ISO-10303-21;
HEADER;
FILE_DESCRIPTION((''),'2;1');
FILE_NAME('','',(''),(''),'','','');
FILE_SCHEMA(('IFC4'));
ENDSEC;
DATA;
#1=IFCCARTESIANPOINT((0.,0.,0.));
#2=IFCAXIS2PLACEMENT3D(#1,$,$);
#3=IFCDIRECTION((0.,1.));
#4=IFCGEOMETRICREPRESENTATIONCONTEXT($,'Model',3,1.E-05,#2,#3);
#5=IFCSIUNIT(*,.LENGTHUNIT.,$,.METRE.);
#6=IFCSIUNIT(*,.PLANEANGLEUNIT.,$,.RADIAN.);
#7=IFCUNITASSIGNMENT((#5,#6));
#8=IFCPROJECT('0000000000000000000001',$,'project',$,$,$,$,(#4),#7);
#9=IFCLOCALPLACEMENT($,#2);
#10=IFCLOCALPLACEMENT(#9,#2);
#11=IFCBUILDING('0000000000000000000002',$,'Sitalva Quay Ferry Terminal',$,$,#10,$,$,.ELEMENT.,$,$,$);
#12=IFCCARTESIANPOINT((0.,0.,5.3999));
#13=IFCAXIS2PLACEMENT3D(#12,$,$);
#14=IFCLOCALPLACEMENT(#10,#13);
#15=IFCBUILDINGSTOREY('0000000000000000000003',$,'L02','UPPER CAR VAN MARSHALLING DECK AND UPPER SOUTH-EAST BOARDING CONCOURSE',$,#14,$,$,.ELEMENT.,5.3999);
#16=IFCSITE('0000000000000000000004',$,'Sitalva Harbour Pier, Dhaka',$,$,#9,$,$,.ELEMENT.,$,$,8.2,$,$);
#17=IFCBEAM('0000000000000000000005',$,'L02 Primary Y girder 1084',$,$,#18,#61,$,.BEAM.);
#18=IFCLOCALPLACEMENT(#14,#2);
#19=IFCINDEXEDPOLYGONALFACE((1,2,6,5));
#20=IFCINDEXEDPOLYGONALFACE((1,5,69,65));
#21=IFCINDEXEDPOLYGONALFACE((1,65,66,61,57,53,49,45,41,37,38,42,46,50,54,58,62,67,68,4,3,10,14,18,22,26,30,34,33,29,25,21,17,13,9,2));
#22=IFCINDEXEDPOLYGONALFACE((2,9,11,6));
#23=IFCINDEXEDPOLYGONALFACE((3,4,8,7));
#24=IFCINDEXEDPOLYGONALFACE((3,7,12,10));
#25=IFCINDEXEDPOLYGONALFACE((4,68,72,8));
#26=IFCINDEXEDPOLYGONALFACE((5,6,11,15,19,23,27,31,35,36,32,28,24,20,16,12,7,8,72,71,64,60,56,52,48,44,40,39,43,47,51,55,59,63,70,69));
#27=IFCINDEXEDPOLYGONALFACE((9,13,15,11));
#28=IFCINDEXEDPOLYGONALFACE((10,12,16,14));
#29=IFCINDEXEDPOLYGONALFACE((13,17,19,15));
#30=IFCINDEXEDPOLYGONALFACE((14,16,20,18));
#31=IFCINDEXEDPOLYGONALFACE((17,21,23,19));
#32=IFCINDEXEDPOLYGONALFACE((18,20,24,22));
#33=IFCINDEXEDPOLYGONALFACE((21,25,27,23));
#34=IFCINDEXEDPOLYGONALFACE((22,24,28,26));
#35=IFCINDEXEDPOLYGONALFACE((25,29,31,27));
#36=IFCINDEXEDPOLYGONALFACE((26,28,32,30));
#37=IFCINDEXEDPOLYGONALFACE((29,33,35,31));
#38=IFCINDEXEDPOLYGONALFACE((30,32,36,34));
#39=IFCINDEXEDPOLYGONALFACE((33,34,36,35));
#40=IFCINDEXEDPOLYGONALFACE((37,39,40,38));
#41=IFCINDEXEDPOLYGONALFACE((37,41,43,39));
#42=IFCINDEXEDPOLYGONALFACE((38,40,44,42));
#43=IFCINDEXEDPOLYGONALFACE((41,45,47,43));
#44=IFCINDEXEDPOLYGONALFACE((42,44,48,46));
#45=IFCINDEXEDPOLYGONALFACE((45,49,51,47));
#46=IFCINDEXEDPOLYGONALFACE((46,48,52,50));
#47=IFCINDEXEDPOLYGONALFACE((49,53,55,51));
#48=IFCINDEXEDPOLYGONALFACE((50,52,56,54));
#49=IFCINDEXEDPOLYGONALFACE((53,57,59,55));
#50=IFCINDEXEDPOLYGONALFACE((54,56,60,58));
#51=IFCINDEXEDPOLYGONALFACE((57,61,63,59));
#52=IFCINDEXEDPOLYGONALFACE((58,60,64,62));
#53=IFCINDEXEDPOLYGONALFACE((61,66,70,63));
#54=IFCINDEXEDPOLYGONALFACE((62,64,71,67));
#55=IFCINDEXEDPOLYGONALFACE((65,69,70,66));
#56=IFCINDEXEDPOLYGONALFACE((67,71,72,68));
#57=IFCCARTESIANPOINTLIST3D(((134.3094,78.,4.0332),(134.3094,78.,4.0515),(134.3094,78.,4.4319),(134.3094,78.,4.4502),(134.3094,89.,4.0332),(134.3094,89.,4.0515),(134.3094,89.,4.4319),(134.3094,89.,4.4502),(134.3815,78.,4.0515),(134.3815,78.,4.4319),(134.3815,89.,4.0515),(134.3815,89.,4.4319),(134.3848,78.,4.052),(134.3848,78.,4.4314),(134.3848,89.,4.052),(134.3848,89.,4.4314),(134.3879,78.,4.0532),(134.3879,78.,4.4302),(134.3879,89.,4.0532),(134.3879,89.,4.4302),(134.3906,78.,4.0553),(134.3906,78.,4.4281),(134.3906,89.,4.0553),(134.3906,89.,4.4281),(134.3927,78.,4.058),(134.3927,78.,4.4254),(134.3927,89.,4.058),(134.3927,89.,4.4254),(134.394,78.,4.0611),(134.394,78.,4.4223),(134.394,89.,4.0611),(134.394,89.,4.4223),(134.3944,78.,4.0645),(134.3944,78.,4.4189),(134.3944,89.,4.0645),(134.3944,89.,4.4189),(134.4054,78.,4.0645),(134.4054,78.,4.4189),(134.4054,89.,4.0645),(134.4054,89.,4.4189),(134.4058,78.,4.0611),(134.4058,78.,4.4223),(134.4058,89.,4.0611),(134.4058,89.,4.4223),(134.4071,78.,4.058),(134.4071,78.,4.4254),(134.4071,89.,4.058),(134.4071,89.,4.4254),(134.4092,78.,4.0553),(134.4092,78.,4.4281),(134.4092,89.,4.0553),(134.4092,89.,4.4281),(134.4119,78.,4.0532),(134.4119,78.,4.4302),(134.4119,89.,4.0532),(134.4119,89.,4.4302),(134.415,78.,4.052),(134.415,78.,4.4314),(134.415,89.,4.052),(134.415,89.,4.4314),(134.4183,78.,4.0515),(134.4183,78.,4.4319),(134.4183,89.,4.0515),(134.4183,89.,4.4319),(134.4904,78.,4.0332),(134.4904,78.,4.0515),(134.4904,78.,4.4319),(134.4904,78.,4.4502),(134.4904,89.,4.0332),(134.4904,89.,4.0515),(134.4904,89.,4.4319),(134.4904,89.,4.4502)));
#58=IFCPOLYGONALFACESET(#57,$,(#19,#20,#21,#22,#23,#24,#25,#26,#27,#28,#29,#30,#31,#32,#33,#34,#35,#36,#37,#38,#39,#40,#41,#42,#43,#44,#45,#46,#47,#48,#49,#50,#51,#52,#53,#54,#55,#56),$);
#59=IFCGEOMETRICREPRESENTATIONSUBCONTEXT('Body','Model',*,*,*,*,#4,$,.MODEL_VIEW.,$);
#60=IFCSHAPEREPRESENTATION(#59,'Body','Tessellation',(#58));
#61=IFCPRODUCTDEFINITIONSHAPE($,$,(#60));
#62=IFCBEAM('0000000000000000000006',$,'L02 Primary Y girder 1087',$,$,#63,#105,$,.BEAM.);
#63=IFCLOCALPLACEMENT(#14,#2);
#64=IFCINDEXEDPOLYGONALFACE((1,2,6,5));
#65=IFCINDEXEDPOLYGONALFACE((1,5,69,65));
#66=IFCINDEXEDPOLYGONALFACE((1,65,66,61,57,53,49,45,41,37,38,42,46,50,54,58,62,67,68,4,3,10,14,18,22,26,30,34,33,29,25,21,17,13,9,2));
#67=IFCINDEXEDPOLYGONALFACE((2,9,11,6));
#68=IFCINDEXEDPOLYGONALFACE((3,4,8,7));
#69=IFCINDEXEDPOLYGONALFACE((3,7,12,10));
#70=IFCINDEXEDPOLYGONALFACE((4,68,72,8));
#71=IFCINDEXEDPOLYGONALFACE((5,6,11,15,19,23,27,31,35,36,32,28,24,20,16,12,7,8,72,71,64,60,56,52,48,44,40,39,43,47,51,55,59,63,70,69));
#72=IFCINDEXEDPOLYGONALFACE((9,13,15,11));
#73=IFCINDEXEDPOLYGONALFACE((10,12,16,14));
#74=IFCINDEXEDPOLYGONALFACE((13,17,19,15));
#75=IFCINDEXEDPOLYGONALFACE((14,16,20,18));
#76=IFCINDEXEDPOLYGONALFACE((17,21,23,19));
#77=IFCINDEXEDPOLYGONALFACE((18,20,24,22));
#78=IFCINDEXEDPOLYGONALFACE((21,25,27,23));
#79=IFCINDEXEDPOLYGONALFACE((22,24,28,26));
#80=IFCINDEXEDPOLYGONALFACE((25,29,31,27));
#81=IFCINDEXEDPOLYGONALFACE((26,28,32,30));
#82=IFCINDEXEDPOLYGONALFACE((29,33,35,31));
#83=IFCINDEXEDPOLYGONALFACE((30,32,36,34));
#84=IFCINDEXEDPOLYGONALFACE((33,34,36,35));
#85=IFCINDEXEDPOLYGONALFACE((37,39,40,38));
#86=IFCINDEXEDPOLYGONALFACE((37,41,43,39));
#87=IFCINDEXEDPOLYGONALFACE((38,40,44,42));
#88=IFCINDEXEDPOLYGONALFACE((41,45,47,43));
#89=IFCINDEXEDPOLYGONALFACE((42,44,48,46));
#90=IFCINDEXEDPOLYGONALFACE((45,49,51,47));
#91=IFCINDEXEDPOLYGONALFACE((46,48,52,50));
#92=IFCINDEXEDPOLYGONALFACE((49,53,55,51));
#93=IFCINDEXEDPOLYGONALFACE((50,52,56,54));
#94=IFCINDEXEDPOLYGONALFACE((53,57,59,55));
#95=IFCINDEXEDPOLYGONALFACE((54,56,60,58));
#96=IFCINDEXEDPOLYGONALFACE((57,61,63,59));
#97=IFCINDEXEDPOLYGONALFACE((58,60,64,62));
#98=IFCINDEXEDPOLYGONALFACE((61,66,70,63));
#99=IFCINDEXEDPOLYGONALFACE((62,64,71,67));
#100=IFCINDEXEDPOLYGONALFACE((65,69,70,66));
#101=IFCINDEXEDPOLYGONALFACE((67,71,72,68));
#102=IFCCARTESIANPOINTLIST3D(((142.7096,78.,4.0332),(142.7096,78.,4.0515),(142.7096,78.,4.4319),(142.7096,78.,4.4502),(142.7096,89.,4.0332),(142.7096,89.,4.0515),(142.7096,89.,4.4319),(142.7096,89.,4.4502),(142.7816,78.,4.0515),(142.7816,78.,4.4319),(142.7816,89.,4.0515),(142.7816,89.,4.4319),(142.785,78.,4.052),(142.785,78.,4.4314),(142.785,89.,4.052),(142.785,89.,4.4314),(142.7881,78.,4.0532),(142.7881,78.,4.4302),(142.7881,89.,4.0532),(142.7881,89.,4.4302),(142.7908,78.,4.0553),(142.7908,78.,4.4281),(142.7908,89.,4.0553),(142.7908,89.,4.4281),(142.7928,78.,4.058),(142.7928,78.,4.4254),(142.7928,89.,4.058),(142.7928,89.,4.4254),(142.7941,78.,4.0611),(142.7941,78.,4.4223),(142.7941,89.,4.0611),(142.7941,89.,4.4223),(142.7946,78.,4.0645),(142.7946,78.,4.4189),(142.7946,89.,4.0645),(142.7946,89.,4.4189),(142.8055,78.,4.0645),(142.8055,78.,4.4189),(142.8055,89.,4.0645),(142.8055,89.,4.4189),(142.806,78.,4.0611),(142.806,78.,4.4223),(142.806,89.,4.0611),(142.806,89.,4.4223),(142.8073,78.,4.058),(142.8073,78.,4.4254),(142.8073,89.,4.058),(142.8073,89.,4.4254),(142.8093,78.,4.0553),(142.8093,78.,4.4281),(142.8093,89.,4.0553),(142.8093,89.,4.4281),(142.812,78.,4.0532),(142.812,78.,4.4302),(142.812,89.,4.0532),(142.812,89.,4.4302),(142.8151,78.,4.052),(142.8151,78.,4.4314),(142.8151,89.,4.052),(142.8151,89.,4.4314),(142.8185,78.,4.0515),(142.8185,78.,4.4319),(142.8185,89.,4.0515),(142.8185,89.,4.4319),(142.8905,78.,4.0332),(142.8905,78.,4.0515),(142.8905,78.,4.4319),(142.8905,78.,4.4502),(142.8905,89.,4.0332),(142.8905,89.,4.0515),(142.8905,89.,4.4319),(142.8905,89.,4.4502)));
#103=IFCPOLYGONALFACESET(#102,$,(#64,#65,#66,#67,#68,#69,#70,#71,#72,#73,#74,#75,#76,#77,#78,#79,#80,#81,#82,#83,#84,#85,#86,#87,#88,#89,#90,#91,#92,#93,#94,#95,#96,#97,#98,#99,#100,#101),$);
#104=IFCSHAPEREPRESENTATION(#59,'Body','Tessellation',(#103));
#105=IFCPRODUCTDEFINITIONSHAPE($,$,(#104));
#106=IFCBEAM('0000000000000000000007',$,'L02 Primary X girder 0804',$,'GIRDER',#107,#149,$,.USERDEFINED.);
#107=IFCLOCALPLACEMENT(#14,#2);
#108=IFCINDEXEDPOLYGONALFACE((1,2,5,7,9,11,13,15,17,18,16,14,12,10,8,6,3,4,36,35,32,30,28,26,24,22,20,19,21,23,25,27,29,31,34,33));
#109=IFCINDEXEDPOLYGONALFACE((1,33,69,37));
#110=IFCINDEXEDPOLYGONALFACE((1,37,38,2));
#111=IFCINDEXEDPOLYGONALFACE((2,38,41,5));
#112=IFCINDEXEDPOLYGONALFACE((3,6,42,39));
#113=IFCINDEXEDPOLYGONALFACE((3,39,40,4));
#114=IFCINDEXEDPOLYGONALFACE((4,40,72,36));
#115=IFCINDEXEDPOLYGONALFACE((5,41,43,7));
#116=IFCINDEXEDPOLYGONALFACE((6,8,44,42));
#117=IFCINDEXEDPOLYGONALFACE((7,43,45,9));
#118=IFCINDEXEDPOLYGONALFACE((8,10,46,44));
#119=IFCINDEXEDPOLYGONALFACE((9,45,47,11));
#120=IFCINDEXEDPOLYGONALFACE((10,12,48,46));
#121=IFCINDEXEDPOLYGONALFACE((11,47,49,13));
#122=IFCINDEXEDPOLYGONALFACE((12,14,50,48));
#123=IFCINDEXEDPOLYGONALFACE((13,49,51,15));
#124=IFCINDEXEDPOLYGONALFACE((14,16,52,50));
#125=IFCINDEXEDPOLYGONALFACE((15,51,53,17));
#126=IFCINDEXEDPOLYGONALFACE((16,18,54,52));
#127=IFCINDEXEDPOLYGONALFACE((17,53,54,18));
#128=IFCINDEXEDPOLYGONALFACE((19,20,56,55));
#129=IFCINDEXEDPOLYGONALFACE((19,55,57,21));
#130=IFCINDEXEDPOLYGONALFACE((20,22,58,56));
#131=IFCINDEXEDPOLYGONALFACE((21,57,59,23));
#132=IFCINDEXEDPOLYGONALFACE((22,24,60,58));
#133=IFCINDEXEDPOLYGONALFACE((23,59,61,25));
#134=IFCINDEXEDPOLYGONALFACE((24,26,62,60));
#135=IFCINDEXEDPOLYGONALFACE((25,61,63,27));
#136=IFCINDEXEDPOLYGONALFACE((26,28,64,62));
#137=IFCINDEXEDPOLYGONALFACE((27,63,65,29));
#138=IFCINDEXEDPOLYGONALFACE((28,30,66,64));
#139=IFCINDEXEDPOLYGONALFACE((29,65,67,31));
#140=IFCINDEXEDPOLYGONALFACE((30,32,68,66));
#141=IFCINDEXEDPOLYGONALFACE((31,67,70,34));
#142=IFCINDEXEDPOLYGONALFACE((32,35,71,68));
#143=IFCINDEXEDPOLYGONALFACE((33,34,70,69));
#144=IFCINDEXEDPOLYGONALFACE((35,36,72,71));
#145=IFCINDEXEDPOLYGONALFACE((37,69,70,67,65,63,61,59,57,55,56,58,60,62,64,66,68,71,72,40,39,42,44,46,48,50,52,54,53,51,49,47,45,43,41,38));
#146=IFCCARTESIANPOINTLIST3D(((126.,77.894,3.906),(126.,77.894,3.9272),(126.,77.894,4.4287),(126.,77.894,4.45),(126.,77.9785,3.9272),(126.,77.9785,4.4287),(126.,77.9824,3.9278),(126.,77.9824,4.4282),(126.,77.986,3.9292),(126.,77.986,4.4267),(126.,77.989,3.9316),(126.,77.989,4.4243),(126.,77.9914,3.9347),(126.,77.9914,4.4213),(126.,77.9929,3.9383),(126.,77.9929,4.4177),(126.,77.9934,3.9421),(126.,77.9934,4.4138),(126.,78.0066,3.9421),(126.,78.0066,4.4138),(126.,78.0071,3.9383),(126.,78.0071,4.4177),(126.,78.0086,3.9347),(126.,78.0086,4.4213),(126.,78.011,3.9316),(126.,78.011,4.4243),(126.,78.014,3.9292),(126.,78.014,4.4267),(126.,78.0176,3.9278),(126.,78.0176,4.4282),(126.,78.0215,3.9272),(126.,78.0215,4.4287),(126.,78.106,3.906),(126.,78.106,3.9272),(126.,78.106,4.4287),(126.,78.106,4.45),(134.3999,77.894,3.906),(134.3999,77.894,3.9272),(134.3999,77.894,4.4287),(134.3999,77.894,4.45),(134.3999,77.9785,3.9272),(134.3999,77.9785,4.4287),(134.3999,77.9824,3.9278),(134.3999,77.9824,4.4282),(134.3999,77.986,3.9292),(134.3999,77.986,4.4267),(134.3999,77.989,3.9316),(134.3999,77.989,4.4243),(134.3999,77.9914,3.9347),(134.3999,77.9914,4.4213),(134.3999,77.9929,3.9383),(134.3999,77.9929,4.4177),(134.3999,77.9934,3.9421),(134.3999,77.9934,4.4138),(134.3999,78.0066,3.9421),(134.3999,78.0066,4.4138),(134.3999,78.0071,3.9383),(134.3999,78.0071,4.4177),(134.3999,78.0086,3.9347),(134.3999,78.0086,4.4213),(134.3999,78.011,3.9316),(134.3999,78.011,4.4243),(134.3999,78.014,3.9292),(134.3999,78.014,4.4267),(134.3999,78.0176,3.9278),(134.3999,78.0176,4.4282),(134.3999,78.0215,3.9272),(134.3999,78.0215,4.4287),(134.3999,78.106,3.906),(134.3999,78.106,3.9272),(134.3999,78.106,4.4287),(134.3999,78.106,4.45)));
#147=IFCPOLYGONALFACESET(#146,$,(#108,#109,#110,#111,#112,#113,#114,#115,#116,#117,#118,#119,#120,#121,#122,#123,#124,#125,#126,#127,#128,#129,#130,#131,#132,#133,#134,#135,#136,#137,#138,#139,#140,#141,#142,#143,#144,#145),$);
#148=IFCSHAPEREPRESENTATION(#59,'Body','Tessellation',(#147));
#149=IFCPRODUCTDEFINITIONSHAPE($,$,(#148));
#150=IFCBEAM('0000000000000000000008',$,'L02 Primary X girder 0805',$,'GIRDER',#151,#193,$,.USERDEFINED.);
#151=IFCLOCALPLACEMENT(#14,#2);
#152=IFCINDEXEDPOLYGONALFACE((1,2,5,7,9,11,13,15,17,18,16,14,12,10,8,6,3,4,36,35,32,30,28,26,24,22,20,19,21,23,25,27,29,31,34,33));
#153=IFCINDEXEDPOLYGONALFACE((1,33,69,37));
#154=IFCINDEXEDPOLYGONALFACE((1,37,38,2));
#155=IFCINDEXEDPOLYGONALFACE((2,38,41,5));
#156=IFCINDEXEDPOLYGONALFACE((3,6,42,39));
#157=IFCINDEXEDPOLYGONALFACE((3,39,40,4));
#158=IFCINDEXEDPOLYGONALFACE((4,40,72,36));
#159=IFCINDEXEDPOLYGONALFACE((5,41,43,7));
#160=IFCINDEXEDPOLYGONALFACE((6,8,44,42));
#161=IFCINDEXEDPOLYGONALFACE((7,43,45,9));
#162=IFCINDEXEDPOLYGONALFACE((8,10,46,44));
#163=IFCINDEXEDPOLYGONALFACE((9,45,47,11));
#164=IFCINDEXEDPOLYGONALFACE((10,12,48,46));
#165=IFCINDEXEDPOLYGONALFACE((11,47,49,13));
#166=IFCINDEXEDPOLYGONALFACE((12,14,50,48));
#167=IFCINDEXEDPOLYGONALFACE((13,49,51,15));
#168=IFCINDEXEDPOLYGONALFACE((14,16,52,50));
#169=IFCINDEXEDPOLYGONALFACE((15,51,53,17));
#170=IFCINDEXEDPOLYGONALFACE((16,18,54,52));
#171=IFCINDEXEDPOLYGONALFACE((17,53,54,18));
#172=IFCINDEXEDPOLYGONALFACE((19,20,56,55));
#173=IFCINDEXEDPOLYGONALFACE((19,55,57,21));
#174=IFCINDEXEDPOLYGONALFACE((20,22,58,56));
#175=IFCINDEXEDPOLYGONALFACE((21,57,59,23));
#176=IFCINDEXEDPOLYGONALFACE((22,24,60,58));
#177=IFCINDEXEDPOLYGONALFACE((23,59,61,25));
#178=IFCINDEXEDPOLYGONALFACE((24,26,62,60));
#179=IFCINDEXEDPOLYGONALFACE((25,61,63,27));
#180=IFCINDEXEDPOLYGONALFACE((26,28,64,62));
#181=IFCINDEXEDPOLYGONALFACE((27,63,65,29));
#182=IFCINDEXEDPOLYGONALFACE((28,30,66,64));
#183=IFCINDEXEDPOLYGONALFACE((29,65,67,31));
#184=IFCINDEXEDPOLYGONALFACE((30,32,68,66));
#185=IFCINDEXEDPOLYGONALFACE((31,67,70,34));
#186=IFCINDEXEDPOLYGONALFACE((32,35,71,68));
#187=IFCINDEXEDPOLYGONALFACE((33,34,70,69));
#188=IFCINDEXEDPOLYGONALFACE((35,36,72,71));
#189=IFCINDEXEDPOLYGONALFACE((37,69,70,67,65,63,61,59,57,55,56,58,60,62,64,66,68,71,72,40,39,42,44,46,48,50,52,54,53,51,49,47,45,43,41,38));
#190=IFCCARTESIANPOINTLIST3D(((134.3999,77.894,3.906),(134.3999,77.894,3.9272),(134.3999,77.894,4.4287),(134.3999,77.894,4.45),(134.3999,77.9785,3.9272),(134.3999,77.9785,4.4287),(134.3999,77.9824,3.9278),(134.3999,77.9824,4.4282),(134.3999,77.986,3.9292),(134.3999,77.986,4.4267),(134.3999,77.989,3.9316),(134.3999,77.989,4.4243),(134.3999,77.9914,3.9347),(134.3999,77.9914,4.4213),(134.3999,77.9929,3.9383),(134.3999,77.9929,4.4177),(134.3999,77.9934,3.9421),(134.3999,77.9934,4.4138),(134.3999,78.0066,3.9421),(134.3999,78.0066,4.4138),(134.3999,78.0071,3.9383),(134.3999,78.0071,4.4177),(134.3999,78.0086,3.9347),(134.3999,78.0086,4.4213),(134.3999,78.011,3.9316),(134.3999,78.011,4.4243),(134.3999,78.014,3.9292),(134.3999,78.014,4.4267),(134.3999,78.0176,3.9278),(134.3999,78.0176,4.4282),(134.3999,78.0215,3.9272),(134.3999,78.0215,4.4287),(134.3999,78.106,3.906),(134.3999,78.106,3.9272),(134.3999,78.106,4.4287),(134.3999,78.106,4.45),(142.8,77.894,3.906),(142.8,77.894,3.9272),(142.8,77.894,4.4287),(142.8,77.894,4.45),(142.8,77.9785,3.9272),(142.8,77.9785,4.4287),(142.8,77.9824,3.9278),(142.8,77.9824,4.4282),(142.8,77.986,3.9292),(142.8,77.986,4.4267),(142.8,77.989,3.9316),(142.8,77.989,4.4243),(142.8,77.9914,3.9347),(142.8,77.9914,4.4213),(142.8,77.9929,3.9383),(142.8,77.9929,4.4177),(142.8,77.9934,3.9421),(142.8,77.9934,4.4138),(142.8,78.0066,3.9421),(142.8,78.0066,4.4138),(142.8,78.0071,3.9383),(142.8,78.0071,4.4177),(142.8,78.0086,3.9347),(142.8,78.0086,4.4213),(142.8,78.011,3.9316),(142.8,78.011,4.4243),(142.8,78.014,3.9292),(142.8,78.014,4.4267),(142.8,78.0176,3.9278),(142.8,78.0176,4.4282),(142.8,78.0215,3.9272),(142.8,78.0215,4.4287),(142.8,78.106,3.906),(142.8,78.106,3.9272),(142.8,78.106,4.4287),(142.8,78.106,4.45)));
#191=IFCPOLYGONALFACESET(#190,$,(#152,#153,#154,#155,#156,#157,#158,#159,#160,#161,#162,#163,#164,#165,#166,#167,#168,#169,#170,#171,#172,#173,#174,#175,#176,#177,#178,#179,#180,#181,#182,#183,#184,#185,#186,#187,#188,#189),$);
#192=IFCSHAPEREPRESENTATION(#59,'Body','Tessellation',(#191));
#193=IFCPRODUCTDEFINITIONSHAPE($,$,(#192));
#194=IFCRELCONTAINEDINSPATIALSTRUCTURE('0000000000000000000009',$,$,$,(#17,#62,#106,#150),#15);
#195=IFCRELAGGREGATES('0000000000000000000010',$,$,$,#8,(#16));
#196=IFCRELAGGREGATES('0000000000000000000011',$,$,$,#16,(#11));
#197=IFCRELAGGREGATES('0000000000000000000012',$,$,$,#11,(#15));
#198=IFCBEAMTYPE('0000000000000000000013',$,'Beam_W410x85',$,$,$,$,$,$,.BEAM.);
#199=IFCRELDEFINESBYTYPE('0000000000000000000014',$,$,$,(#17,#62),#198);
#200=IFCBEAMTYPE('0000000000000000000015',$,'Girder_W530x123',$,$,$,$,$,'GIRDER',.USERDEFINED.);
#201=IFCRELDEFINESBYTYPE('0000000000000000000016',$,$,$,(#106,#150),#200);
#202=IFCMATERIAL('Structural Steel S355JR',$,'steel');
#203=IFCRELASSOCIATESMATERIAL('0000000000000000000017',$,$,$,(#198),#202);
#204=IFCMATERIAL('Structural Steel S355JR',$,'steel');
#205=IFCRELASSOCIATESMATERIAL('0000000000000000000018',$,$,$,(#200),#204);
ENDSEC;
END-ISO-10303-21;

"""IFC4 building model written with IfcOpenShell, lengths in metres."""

from ifc_helpers import new_model, si_unit, direction, frame, origin, origin_2d, place, context, subcontext, project, spatial, i_section, extrude, material, material_profile, profile_set, type_object, element, save


model = new_model("IFC4")

# Units and contexts
model_context = context("Model", 3, precision=1e-05, world=origin(), true_north=direction((0.0, 1.0)))
body_context = subcontext(model_context, "Body", "Model", "MODEL_VIEW")
ifc_project = project(units=[si_unit("LENGTHUNIT", "METRE"), si_unit("PLANEANGLEUNIT", "RADIAN")], contexts=[model_context])

# Site, building, storey
site_placement = place(None, origin())
site = spatial("IfcSite", under=ifc_project, at=site_placement, Name="Sitalva Harbour Pier, Dhaka", CompositionType="ELEMENT", RefElevation=8.2)
building_placement = place(site_placement, origin())
building = spatial("IfcBuilding", under=site, at=building_placement, Name="Sitalva Quay Ferry Terminal", CompositionType="ELEMENT")
storey_placement = place(building_placement, frame((0.0, 0.0, 5.3999)))
storey = spatial("IfcBuildingStorey", under=building, at=storey_placement, Name="L02", Description="UPPER CAR VAN MARSHALLING DECK AND UPPER SOUTH-EAST BOARDING CONCOURSE", CompositionType="ELEMENT", Elevation=5.3999)

# Beams
ifc_material_1 = material(Name="Structural Steel S355JR", Category="steel")
ifc_material_profile_1 = material_profile(ifc_material_1, i_section(OverallWidth=0.1809, OverallDepth=0.417, WebThickness=0.011, FlangeThickness=0.0183, FilletRadius=0.0129, at=origin_2d()), Name="W410x85")
ifc_profile_set_1 = profile_set([ifc_material_profile_1], Name="Structural Steel S355JR")
beam_type_1 = type_object("IfcBeamType", Name="Beam_W410x85", PredefinedType="BEAM", material=ifc_profile_set_1)
for number, where, z_axis, x_axis, name in (
    (1, (134.3999, 78.0, 4.2417), (0.0, 1.0, 0.0), (-1.0, 0.0, 0.0), "L02 Primary Y girder 1084"),
    (2, (142.8, 78.0, 4.2417), (0.0, 1.0, 0.0), (-1.0, 0.0, 0.0), "L02 Primary Y girder 1087"),
):
    element("IfcBeam", number, at=place(storey_placement, frame(where, z_axis=z_axis, x_axis=x_axis)), inside=storey, type_object=beam_type_1, Name=name, PredefinedType="BEAM", context=body_context, shape_type="SweptSolid", body=[
        extrude(i_section(OverallWidth=0.1809, OverallDepth=0.417, WebThickness=0.011, FlangeThickness=0.0183, FilletRadius=0.0129, at=origin_2d()), origin(), (0.0, 0.0, 1.0), 11.0),
    ])
ifc_material_2 = material(Name="Structural Steel S355JR", Category="steel")
ifc_material_profile_2 = material_profile(ifc_material_2, i_section(OverallWidth=0.2119, OverallDepth=0.5439, WebThickness=0.0132, FlangeThickness=0.0212, FilletRadius=0.0149, at=origin_2d()), Name="W530x123")
ifc_profile_set_2 = profile_set([ifc_material_profile_2], Name="Structural Steel S355JR")
beam_type_2 = type_object("IfcBeamType", Name="Girder_W530x123", ElementType="GIRDER", PredefinedType="USERDEFINED", material=ifc_profile_set_2)
beam_1_placement = place(storey_placement, frame((126.0, 78.0, 4.178), z_axis=(1.0, 0.0, 0.0), x_axis=(0.0, 1.0, 0.0)))
element("IfcBeam", 3, at=beam_1_placement, inside=storey, type_object=beam_type_2, Name="L02 Primary X girder 0804", ObjectType="GIRDER", PredefinedType="USERDEFINED", context=body_context, shape_type="SweptSolid", body=[
    extrude(i_section(OverallWidth=0.2119, OverallDepth=0.5439, WebThickness=0.0132, FlangeThickness=0.0212, FilletRadius=0.0149, at=origin_2d()), origin(), (0.0, 0.0, 1.0), 8.3999),
])
beam_2_placement = place(storey_placement, frame((134.3999, 78.0, 4.178), z_axis=(1.0, 0.0, 0.0), x_axis=(0.0, 1.0, 0.0)))
element("IfcBeam", 4, at=beam_2_placement, inside=storey, type_object=beam_type_2, Name="L02 Primary X girder 0805", ObjectType="GIRDER", PredefinedType="USERDEFINED", context=body_context, shape_type="SweptSolid", body=[
    extrude(i_section(OverallWidth=0.2119, OverallDepth=0.5439, WebThickness=0.0132, FlangeThickness=0.0212, FilletRadius=0.0149, at=origin_2d()), origin(), (0.0, 0.0, 1.0), 8.4001),
])

save(model, "model.ifc")
